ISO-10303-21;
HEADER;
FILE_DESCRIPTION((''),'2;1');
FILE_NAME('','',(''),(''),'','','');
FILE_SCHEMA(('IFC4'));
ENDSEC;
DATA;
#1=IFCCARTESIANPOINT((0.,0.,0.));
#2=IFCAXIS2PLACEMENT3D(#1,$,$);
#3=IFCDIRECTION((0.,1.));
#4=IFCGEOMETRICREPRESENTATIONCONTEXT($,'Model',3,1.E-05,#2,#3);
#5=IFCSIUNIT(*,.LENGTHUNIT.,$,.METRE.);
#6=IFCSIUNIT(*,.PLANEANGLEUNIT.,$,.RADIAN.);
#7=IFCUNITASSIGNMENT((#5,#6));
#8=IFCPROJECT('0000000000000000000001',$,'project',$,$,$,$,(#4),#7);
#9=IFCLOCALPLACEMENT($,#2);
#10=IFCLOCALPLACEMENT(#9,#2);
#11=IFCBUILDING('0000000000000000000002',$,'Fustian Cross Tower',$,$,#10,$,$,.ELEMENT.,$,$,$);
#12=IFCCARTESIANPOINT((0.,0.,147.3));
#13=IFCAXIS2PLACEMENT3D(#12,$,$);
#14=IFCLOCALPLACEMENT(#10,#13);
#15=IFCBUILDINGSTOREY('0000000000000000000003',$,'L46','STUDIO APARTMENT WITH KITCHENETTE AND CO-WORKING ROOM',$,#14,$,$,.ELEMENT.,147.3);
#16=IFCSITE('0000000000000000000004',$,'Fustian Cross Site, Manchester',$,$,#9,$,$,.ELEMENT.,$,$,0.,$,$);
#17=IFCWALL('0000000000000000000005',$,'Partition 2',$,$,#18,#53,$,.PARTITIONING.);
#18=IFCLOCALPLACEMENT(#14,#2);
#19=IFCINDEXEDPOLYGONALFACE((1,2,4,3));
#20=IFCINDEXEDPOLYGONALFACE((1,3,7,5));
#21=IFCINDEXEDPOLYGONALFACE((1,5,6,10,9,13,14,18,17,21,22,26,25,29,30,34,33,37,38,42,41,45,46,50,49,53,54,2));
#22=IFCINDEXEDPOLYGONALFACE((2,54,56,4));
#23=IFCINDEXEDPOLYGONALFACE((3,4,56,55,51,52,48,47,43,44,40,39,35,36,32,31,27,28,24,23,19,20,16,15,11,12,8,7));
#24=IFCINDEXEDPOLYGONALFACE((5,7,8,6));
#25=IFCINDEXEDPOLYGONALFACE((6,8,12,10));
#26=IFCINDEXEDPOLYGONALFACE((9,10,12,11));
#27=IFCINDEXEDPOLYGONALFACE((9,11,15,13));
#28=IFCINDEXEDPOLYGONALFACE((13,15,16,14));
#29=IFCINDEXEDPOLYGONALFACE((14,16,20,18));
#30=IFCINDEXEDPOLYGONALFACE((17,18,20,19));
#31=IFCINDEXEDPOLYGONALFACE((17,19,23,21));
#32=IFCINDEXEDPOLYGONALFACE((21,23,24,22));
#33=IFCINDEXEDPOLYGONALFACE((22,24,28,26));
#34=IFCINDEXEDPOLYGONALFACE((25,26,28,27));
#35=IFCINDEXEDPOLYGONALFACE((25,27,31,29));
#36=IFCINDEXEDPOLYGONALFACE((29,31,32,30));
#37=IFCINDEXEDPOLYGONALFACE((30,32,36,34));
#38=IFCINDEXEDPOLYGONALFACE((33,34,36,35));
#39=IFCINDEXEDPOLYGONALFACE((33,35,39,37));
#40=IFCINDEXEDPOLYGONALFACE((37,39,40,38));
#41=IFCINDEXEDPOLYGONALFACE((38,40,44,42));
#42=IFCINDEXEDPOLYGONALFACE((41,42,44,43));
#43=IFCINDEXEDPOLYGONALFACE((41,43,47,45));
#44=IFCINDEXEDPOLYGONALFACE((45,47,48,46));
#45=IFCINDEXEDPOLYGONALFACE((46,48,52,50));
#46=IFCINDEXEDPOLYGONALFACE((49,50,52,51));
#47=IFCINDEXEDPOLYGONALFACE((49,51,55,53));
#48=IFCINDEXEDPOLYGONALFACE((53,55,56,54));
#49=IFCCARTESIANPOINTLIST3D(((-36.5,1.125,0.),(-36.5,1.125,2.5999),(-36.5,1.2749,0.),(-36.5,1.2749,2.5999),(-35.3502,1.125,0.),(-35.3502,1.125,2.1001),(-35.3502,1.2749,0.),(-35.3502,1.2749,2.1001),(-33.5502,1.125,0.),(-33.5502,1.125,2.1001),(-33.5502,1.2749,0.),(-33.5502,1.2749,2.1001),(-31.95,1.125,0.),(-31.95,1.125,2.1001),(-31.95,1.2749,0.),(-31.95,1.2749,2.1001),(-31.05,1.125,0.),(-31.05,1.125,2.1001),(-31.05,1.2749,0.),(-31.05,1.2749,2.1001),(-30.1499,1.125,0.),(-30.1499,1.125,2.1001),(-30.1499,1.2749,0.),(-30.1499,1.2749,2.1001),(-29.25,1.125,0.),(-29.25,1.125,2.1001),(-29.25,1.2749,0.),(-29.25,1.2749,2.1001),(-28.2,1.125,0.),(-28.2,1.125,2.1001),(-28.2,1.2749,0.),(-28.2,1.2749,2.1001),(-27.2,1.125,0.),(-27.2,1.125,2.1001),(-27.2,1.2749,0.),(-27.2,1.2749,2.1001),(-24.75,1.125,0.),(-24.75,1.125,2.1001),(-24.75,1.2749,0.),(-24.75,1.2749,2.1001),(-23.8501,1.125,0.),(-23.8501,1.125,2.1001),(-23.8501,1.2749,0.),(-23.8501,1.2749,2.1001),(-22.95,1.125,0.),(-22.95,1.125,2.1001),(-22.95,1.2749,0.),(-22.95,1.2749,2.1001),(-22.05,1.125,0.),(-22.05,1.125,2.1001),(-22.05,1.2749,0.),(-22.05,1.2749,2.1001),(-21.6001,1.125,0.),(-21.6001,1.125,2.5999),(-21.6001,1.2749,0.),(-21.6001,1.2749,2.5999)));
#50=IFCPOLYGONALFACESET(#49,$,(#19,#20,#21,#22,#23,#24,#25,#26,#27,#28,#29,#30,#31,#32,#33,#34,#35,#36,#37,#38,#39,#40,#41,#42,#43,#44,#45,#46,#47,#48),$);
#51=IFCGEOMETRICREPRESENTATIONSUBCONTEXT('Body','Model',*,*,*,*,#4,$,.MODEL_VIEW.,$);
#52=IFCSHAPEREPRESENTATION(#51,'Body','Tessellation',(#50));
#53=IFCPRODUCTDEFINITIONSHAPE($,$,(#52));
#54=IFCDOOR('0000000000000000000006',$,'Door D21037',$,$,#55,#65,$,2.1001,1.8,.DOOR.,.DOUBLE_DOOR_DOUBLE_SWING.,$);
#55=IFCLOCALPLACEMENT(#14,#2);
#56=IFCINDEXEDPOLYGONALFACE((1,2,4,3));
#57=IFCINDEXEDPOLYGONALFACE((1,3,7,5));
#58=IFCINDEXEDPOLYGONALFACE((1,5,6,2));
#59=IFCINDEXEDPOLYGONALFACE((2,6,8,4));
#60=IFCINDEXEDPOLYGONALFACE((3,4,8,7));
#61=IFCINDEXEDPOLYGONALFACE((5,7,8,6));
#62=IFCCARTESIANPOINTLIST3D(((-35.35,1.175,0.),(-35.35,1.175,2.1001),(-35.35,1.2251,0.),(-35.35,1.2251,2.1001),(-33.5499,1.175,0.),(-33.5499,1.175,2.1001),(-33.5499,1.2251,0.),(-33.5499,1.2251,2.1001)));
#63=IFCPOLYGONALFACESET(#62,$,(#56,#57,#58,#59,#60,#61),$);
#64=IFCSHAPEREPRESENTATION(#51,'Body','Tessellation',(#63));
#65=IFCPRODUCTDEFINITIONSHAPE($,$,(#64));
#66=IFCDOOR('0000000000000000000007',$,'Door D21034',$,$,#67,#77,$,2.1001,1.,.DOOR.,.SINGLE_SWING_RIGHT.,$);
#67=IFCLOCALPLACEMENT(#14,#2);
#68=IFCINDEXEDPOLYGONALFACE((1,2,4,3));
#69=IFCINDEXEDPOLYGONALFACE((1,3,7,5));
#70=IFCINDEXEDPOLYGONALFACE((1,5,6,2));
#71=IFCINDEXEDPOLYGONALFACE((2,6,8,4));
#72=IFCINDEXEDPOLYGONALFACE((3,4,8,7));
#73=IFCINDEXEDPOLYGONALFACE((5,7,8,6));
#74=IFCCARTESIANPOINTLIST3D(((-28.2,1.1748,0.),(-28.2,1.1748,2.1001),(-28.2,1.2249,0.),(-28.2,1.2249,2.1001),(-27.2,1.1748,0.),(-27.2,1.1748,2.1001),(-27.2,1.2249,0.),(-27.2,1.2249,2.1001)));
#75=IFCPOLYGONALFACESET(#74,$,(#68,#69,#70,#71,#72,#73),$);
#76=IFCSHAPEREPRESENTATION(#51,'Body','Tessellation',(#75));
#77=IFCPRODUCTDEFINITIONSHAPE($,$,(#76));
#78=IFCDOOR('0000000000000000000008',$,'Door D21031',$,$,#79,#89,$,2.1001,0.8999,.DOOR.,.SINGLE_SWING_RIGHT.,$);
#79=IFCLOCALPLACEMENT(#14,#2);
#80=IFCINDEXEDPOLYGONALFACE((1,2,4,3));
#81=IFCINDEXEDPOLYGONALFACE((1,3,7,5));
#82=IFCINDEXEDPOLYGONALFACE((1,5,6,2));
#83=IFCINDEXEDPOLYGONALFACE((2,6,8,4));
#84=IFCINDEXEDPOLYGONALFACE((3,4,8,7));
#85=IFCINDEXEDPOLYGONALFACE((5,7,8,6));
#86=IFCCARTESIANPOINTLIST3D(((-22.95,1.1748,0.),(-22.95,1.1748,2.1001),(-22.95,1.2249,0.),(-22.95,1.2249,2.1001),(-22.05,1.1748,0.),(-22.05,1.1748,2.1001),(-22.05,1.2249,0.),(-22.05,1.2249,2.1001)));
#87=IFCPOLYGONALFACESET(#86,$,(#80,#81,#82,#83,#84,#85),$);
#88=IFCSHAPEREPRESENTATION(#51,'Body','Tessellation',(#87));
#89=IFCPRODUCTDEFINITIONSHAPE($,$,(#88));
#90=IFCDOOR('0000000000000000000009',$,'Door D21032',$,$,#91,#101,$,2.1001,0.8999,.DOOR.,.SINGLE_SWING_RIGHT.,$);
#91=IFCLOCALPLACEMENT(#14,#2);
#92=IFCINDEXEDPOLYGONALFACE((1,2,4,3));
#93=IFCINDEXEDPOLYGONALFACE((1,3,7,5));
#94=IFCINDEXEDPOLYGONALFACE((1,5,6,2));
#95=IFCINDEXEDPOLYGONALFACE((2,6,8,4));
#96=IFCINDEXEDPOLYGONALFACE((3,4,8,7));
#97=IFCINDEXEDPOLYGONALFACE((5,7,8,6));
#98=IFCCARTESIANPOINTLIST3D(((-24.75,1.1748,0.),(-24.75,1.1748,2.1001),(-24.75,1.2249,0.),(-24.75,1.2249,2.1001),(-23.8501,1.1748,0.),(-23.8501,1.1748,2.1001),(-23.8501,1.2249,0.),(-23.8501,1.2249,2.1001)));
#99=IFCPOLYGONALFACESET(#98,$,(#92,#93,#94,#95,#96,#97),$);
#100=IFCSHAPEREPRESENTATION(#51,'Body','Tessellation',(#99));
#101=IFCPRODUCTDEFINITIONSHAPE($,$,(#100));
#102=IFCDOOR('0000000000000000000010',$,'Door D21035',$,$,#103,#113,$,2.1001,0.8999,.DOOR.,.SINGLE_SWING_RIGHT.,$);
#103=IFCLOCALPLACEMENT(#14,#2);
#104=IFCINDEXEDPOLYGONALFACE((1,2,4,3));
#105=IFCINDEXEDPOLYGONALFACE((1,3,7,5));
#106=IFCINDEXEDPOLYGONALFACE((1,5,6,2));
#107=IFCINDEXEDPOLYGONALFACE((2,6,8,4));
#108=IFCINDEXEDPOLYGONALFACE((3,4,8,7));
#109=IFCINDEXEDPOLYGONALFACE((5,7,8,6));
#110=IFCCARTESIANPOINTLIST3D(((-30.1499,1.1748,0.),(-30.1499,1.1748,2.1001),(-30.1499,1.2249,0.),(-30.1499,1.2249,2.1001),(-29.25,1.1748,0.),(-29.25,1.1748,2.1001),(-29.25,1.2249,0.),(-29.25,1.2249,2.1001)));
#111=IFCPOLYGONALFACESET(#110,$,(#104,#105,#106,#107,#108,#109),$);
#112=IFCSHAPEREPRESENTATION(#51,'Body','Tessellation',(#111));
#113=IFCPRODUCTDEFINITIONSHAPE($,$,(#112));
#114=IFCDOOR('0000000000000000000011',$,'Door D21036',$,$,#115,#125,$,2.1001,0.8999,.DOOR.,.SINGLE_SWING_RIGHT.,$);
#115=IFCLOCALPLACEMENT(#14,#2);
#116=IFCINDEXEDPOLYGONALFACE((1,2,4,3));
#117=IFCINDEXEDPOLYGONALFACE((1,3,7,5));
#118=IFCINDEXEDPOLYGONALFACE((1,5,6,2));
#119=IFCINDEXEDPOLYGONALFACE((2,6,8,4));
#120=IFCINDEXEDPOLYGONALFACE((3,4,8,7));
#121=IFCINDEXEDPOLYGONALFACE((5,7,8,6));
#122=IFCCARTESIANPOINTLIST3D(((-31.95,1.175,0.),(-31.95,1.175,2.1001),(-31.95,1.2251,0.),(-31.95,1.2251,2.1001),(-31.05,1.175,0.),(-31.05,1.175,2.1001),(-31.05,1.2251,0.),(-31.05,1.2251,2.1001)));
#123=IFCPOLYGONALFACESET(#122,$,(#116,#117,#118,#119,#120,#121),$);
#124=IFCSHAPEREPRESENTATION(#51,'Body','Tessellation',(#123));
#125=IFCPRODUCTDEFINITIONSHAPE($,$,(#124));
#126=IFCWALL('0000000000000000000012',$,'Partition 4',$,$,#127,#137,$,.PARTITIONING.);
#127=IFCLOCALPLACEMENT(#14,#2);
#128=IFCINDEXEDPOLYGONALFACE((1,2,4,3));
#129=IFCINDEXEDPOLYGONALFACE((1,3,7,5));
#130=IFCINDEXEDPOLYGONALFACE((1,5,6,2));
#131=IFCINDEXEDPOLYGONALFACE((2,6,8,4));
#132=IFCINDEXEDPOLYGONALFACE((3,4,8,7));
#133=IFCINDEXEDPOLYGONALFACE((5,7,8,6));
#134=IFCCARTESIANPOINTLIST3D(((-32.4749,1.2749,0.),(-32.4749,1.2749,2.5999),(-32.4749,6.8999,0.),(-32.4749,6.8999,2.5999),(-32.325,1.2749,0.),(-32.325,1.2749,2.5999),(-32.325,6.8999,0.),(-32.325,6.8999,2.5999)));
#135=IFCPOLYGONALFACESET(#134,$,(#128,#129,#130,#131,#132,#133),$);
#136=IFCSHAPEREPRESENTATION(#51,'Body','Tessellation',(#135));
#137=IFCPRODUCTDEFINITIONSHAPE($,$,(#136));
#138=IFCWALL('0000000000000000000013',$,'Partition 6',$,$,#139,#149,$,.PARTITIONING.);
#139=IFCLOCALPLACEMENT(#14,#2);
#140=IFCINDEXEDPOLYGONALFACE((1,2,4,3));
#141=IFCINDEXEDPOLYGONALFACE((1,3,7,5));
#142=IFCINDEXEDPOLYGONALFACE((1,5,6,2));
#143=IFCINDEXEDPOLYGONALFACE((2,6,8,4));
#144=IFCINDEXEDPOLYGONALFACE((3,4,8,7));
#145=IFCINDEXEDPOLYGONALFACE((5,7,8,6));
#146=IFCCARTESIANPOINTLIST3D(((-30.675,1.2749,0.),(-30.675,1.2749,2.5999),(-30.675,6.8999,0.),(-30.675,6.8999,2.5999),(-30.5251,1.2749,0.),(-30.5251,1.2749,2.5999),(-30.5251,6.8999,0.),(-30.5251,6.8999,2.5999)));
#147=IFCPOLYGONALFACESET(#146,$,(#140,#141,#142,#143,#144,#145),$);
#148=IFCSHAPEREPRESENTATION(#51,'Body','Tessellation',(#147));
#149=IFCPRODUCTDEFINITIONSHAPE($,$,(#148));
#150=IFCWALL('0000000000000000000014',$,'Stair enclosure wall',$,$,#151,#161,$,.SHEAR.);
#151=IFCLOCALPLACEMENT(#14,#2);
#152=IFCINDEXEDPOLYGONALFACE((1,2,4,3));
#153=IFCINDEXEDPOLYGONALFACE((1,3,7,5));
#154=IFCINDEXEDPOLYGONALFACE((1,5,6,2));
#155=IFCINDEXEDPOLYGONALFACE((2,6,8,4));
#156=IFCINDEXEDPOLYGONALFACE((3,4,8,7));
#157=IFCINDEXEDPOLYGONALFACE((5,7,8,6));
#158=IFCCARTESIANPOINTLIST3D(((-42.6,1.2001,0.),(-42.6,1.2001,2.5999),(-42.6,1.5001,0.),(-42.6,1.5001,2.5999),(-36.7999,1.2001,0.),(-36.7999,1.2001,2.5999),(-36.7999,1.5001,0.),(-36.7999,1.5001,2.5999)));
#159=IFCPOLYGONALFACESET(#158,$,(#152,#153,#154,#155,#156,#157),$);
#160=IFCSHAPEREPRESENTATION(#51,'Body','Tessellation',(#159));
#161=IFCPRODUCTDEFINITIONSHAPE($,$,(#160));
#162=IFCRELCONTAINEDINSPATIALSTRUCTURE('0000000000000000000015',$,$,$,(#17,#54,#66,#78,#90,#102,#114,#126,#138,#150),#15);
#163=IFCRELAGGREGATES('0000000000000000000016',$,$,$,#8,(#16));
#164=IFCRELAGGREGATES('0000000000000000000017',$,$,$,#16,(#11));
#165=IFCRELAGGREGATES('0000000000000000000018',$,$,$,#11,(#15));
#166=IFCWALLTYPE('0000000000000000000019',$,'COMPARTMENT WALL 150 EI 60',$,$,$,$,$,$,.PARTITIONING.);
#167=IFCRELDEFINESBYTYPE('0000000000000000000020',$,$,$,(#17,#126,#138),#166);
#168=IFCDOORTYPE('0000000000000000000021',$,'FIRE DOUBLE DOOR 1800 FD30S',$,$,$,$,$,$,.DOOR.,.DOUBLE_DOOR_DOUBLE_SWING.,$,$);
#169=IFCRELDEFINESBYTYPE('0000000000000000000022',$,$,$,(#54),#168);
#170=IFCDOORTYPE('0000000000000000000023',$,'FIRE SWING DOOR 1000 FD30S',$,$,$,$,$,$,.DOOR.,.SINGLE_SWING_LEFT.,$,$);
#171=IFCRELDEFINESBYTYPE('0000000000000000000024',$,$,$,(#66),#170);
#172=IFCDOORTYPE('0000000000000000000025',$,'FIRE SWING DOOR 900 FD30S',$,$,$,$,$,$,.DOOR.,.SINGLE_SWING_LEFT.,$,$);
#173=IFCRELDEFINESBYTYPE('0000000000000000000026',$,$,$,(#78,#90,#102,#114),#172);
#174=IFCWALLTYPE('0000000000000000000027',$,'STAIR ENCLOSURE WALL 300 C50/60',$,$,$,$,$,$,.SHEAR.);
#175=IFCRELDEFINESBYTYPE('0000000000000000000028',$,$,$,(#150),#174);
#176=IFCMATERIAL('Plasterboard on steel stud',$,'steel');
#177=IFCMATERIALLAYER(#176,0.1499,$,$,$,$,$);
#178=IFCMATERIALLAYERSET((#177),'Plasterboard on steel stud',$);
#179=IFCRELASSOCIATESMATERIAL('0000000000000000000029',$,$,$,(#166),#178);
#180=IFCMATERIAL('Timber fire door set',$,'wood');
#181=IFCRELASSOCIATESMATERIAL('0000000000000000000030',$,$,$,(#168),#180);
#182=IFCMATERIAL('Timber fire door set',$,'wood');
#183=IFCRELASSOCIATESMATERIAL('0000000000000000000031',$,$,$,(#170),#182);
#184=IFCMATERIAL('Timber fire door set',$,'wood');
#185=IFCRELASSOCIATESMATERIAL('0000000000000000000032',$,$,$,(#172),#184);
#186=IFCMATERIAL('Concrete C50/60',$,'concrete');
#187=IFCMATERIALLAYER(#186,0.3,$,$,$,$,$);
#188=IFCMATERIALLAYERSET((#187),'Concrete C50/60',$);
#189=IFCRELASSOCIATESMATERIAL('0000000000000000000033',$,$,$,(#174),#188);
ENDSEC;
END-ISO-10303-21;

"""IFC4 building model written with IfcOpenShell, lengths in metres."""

from ifc_helpers import new_model, si_unit, direction, frame, frame_2d, origin, place, context, subcontext, project, spatial, rectangle, extrude, material, layer, layer_set, type_object, element, fill, save


model = new_model("IFC4")

# Units and contexts
model_context = context("Model", 3, precision=1e-05, world=origin(), true_north=direction((0.0, 1.0)))
body_context = subcontext(model_context, "Body", "Model", "MODEL_VIEW")
ifc_project = project(units=[si_unit("LENGTHUNIT", "METRE"), si_unit("PLANEANGLEUNIT", "RADIAN")], contexts=[model_context])

# Site, building, storey
site_placement = place(None, origin())
site = spatial("IfcSite", under=ifc_project, at=site_placement, Name="Fustian Cross Site, Manchester", CompositionType="ELEMENT", RefElevation=0.0)
building_placement = place(site_placement, origin())
building = spatial("IfcBuilding", under=site, at=building_placement, Name="Fustian Cross Tower", CompositionType="ELEMENT")
storey_placement = place(building_placement, frame((0.0, 0.0, 147.3)))
storey = spatial("IfcBuildingStorey", under=building, at=storey_placement, Name="L46", Description="STUDIO APARTMENT WITH KITCHENETTE AND CO-WORKING ROOM", CompositionType="ELEMENT", Elevation=147.3)

# Wall, openings, doors
ifc_material_1 = material(Name="Plasterboard on steel stud", Category="steel")
ifc_layer_1 = layer(ifc_material_1, 0.1499)
ifc_layer_set_1 = layer_set([ifc_layer_1], Name="Plasterboard on steel stud")
wall_type_1 = type_object("IfcWallType", Name="COMPARTMENT WALL 150 EI 60", PredefinedType="PARTITIONING", material=ifc_layer_set_1)
ifc_material_2 = material(Name="Timber fire door set", Category="wood")
door_type_1 = type_object("IfcDoorType", Name="FIRE DOUBLE DOOR 1800 FD30S", OperationType="DOUBLE_DOOR_DOUBLE_SWING", PredefinedType="DOOR", material=ifc_material_2)
ifc_material_3 = material(Name="Timber fire door set", Category="wood")
door_type_2 = type_object("IfcDoorType", Name="FIRE SWING DOOR 1000 FD30S", OperationType="SINGLE_SWING_LEFT", PredefinedType="DOOR", material=ifc_material_3)
ifc_material_4 = material(Name="Timber fire door set", Category="wood")
door_type_3 = type_object("IfcDoorType", Name="FIRE SWING DOOR 900 FD30S", OperationType="SINGLE_SWING_LEFT", PredefinedType="DOOR", material=ifc_material_4)
wall_1_placement = place(storey_placement, frame((-36.5, 1.2, 0.0), z_axis=(0.0, 0.0, 1.0), x_axis=(1.0, 0.0, 0.0)))
wall_1 = element("IfcWall", 1, at=wall_1_placement, inside=storey, type_object=wall_type_1, Name="Partition 2", PredefinedType="PARTITIONING", context=body_context, shape_type="SweptSolid", body=[
    extrude(rectangle(XDim=14.8999, YDim=0.1499, at=frame_2d((7.45, 0.0))), origin(), (0.0, 0.0, 1.0), 2.5999),
])
opening_1_placement = place(wall_1_placement, frame((13.55, 0.0, 0.0)))
opening_1 = element("IfcOpeningElement", 2, at=opening_1_placement, cuts=wall_1, PredefinedType="OPENING", context=body_context, shape_type="SweptSolid", body=[
    extrude(rectangle(XDim=0.8999, YDim=2.1001, at=frame_2d((0.45, 1.05))), frame((0.0, 0.085, 0.0), z_axis=(0.0, -1.0, 0.0), x_axis=(1.0, 0.0, 0.0)), (0.0, 0.0, 1.0), 0.1699),
])
opening_2_placement = place(wall_1_placement, frame((11.75, 0.0, 0.0)))
opening_2 = element("IfcOpeningElement", 3, at=opening_2_placement, cuts=wall_1, PredefinedType="OPENING", context=body_context, shape_type="SweptSolid", body=[
    extrude(rectangle(XDim=0.8999, YDim=2.1001, at=frame_2d((0.45, 1.05))), frame((0.0, 0.085, 0.0), z_axis=(0.0, -1.0, 0.0), x_axis=(1.0, 0.0, 0.0)), (0.0, 0.0, 1.0), 0.1699),
])
opening_3_placement = place(wall_1_placement, frame((8.3, 0.0, 0.0)))
opening_3 = element("IfcOpeningElement", 4, at=opening_3_placement, cuts=wall_1, PredefinedType="OPENING", context=body_context, shape_type="SweptSolid", body=[
    extrude(rectangle(XDim=1.0, YDim=2.1001, at=frame_2d((0.5, 1.05))), frame((0.0, 0.085, 0.0), z_axis=(0.0, -1.0, 0.0), x_axis=(1.0, 0.0, 0.0)), (0.0, 0.0, 1.0), 0.1699),
])
opening_4_placement = place(wall_1_placement, frame((6.3501, 0.0, 0.0)))
opening_4 = element("IfcOpeningElement", 5, at=opening_4_placement, cuts=wall_1, PredefinedType="OPENING", context=body_context, shape_type="SweptSolid", body=[
    extrude(rectangle(XDim=0.8999, YDim=2.1001, at=frame_2d((0.45, 1.05))), frame((0.0, 0.085, 0.0), z_axis=(0.0, -1.0, 0.0), x_axis=(1.0, 0.0, 0.0)), (0.0, 0.0, 1.0), 0.1699),
])
opening_5_placement = place(wall_1_placement, frame((4.55, 0.0, 0.0)))
opening_5 = element("IfcOpeningElement", 6, at=opening_5_placement, cuts=wall_1, PredefinedType="OPENING", context=body_context, shape_type="SweptSolid", body=[
    extrude(rectangle(XDim=0.8999, YDim=2.1001, at=frame_2d((0.45, 1.05))), frame((0.0, 0.085, 0.0), z_axis=(0.0, -1.0, 0.0), x_axis=(1.0, 0.0, 0.0)), (0.0, 0.0, 1.0), 0.1699),
])
opening_6_placement = place(wall_1_placement, frame((1.1499, 0.0, 0.0)))
opening_6 = element("IfcOpeningElement", 7, at=opening_6_placement, cuts=wall_1, PredefinedType="OPENING", context=body_context, shape_type="SweptSolid", body=[
    extrude(rectangle(XDim=1.8, YDim=2.1001, at=frame_2d((0.8999, 1.05))), frame((0.0, 0.085, 0.0), z_axis=(0.0, -1.0, 0.0), x_axis=(1.0, 0.0, 0.0)), (0.0, 0.0, 1.0), 0.1699),
])
door_1_placement = place(opening_6_placement, frame((1.8, 0.0, 0.0), z_axis=(0.0, 0.0, 1.0), x_axis=(-1.0, 0.0, 0.0)))
door_1 = element("IfcDoor", 8, at=door_1_placement, inside=storey, type_object=door_type_1, Name="Door D21037", OperationType="DOUBLE_DOOR_DOUBLE_SWING", OverallHeight=2.1001, OverallWidth=1.8, PredefinedType="DOOR", context=body_context, shape_type="SweptSolid", body=[
    extrude(rectangle(XDim=1.8, YDim=2.1001, at=frame_2d((0.8999, 1.05))), frame((0.0, 0.0249, 0.0), z_axis=(0.0, -1.0, 0.0), x_axis=(1.0, 0.0, 0.0)), (0.0, 0.0, 1.0), 0.05),
])
fill(opening_6, door_1)
door_2_placement = place(opening_3_placement, origin())
door_2 = element("IfcDoor", 9, at=door_2_placement, inside=storey, type_object=door_type_2, Name="Door D21034", OperationType="SINGLE_SWING_RIGHT", OverallHeight=2.1001, OverallWidth=1.0, PredefinedType="DOOR", context=body_context, shape_type="SweptSolid", body=[
    extrude(rectangle(XDim=1.0, YDim=2.1001, at=frame_2d((0.5, 1.05))), frame((0.0, 0.0249, 0.0), z_axis=(0.0, -1.0, 0.0), x_axis=(1.0, 0.0, 0.0)), (0.0, 0.0, 1.0), 0.05),
])
fill(opening_3, door_2)
door_3_placement = place(opening_1_placement, origin())
door_3 = element("IfcDoor", 10, at=door_3_placement, inside=storey, type_object=door_type_3, Name="Door D21031", OperationType="SINGLE_SWING_RIGHT", OverallHeight=2.1001, OverallWidth=0.8999, PredefinedType="DOOR", context=body_context, shape_type="SweptSolid", body=[
    extrude(rectangle(XDim=0.8999, YDim=2.1001, at=frame_2d((0.45, 1.05))), frame((0.0, 0.0249, 0.0), z_axis=(0.0, -1.0, 0.0), x_axis=(1.0, 0.0, 0.0)), (0.0, 0.0, 1.0), 0.05),
])
fill(opening_1, door_3)
door_4_placement = place(opening_2_placement, origin())
door_4 = element("IfcDoor", 11, at=door_4_placement, inside=storey, type_object=door_type_3, Name="Door D21032", OperationType="SINGLE_SWING_RIGHT", OverallHeight=2.1001, OverallWidth=0.8999, PredefinedType="DOOR", context=body_context, shape_type="SweptSolid", body=[
    extrude(rectangle(XDim=0.8999, YDim=2.1001, at=frame_2d((0.45, 1.05))), frame((0.0, 0.0249, 0.0), z_axis=(0.0, -1.0, 0.0), x_axis=(1.0, 0.0, 0.0)), (0.0, 0.0, 1.0), 0.05),
])
fill(opening_2, door_4)
door_5_placement = place(opening_4_placement, origin())
door_5 = element("IfcDoor", 12, at=door_5_placement, inside=storey, type_object=door_type_3, Name="Door D21035", OperationType="SINGLE_SWING_RIGHT", OverallHeight=2.1001, OverallWidth=0.8999, PredefinedType="DOOR", context=body_context, shape_type="SweptSolid", body=[
    extrude(rectangle(XDim=0.8999, YDim=2.1001, at=frame_2d((0.45, 1.05))), frame((0.0, 0.0249, 0.0), z_axis=(0.0, -1.0, 0.0), x_axis=(1.0, 0.0, 0.0)), (0.0, 0.0, 1.0), 0.05),
])
fill(opening_4, door_5)
door_6_placement = place(opening_5_placement, frame((0.8999, 0.0, 0.0), z_axis=(0.0, 0.0, 1.0), x_axis=(-1.0, 0.0, 0.0)))
door_6 = element("IfcDoor", 13, at=door_6_placement, inside=storey, type_object=door_type_3, Name="Door D21036", OperationType="SINGLE_SWING_RIGHT", OverallHeight=2.1001, OverallWidth=0.8999, PredefinedType="DOOR", context=body_context, shape_type="SweptSolid", body=[
    extrude(rectangle(XDim=0.8999, YDim=2.1001, at=frame_2d((0.45, 1.05))), frame((0.0, 0.0249, 0.0), z_axis=(0.0, -1.0, 0.0), x_axis=(1.0, 0.0, 0.0)), (0.0, 0.0, 1.0), 0.05),
])
fill(opening_5, door_6)

# Walls
for number, where, z_axis, x_axis, name in (
    (14, (-32.3999, 1.2749, 0.0), (0.0, 0.0, 1.0), (0.0, 1.0, 0.0), "Partition 4"),
    (15, (-30.6001, 1.2749, 0.0), (0.0, 0.0, 1.0), (0.0, 1.0, 0.0), "Partition 6"),
):
    element("IfcWall", number, at=place(storey_placement, frame(where, z_axis=z_axis, x_axis=x_axis)), inside=storey, type_object=wall_type_1, Name=name, PredefinedType="PARTITIONING", context=body_context, shape_type="SweptSolid", body=[
        extrude(rectangle(XDim=5.625, YDim=0.1499, at=frame_2d((2.8125, 0.0))), origin(), (0.0, 0.0, 1.0), 2.5999),
    ])
ifc_material_5 = material(Name="Concrete C50/60", Category="concrete")
ifc_layer_2 = layer(ifc_material_5, 0.3)
ifc_layer_set_2 = layer_set([ifc_layer_2], Name="Concrete C50/60")
wall_type_2 = type_object("IfcWallType", Name="STAIR ENCLOSURE WALL 300 C50/60", PredefinedType="SHEAR", material=ifc_layer_set_2)
wall_2_placement = place(storey_placement, frame((-36.8, 1.3501, 0.0), z_axis=(0.0, 0.0, 1.0), x_axis=(-1.0, 0.0, 0.0)))
element("IfcWall", 16, at=wall_2_placement, inside=storey, type_object=wall_type_2, Name="Stair enclosure wall", PredefinedType="SHEAR", context=body_context, shape_type="SweptSolid", body=[
    extrude(rectangle(XDim=5.8, YDim=0.3, at=frame_2d((2.8999, 0.0))), origin(), (0.0, 0.0, 1.0), 2.5999),
])

save(model, "model.ifc")
